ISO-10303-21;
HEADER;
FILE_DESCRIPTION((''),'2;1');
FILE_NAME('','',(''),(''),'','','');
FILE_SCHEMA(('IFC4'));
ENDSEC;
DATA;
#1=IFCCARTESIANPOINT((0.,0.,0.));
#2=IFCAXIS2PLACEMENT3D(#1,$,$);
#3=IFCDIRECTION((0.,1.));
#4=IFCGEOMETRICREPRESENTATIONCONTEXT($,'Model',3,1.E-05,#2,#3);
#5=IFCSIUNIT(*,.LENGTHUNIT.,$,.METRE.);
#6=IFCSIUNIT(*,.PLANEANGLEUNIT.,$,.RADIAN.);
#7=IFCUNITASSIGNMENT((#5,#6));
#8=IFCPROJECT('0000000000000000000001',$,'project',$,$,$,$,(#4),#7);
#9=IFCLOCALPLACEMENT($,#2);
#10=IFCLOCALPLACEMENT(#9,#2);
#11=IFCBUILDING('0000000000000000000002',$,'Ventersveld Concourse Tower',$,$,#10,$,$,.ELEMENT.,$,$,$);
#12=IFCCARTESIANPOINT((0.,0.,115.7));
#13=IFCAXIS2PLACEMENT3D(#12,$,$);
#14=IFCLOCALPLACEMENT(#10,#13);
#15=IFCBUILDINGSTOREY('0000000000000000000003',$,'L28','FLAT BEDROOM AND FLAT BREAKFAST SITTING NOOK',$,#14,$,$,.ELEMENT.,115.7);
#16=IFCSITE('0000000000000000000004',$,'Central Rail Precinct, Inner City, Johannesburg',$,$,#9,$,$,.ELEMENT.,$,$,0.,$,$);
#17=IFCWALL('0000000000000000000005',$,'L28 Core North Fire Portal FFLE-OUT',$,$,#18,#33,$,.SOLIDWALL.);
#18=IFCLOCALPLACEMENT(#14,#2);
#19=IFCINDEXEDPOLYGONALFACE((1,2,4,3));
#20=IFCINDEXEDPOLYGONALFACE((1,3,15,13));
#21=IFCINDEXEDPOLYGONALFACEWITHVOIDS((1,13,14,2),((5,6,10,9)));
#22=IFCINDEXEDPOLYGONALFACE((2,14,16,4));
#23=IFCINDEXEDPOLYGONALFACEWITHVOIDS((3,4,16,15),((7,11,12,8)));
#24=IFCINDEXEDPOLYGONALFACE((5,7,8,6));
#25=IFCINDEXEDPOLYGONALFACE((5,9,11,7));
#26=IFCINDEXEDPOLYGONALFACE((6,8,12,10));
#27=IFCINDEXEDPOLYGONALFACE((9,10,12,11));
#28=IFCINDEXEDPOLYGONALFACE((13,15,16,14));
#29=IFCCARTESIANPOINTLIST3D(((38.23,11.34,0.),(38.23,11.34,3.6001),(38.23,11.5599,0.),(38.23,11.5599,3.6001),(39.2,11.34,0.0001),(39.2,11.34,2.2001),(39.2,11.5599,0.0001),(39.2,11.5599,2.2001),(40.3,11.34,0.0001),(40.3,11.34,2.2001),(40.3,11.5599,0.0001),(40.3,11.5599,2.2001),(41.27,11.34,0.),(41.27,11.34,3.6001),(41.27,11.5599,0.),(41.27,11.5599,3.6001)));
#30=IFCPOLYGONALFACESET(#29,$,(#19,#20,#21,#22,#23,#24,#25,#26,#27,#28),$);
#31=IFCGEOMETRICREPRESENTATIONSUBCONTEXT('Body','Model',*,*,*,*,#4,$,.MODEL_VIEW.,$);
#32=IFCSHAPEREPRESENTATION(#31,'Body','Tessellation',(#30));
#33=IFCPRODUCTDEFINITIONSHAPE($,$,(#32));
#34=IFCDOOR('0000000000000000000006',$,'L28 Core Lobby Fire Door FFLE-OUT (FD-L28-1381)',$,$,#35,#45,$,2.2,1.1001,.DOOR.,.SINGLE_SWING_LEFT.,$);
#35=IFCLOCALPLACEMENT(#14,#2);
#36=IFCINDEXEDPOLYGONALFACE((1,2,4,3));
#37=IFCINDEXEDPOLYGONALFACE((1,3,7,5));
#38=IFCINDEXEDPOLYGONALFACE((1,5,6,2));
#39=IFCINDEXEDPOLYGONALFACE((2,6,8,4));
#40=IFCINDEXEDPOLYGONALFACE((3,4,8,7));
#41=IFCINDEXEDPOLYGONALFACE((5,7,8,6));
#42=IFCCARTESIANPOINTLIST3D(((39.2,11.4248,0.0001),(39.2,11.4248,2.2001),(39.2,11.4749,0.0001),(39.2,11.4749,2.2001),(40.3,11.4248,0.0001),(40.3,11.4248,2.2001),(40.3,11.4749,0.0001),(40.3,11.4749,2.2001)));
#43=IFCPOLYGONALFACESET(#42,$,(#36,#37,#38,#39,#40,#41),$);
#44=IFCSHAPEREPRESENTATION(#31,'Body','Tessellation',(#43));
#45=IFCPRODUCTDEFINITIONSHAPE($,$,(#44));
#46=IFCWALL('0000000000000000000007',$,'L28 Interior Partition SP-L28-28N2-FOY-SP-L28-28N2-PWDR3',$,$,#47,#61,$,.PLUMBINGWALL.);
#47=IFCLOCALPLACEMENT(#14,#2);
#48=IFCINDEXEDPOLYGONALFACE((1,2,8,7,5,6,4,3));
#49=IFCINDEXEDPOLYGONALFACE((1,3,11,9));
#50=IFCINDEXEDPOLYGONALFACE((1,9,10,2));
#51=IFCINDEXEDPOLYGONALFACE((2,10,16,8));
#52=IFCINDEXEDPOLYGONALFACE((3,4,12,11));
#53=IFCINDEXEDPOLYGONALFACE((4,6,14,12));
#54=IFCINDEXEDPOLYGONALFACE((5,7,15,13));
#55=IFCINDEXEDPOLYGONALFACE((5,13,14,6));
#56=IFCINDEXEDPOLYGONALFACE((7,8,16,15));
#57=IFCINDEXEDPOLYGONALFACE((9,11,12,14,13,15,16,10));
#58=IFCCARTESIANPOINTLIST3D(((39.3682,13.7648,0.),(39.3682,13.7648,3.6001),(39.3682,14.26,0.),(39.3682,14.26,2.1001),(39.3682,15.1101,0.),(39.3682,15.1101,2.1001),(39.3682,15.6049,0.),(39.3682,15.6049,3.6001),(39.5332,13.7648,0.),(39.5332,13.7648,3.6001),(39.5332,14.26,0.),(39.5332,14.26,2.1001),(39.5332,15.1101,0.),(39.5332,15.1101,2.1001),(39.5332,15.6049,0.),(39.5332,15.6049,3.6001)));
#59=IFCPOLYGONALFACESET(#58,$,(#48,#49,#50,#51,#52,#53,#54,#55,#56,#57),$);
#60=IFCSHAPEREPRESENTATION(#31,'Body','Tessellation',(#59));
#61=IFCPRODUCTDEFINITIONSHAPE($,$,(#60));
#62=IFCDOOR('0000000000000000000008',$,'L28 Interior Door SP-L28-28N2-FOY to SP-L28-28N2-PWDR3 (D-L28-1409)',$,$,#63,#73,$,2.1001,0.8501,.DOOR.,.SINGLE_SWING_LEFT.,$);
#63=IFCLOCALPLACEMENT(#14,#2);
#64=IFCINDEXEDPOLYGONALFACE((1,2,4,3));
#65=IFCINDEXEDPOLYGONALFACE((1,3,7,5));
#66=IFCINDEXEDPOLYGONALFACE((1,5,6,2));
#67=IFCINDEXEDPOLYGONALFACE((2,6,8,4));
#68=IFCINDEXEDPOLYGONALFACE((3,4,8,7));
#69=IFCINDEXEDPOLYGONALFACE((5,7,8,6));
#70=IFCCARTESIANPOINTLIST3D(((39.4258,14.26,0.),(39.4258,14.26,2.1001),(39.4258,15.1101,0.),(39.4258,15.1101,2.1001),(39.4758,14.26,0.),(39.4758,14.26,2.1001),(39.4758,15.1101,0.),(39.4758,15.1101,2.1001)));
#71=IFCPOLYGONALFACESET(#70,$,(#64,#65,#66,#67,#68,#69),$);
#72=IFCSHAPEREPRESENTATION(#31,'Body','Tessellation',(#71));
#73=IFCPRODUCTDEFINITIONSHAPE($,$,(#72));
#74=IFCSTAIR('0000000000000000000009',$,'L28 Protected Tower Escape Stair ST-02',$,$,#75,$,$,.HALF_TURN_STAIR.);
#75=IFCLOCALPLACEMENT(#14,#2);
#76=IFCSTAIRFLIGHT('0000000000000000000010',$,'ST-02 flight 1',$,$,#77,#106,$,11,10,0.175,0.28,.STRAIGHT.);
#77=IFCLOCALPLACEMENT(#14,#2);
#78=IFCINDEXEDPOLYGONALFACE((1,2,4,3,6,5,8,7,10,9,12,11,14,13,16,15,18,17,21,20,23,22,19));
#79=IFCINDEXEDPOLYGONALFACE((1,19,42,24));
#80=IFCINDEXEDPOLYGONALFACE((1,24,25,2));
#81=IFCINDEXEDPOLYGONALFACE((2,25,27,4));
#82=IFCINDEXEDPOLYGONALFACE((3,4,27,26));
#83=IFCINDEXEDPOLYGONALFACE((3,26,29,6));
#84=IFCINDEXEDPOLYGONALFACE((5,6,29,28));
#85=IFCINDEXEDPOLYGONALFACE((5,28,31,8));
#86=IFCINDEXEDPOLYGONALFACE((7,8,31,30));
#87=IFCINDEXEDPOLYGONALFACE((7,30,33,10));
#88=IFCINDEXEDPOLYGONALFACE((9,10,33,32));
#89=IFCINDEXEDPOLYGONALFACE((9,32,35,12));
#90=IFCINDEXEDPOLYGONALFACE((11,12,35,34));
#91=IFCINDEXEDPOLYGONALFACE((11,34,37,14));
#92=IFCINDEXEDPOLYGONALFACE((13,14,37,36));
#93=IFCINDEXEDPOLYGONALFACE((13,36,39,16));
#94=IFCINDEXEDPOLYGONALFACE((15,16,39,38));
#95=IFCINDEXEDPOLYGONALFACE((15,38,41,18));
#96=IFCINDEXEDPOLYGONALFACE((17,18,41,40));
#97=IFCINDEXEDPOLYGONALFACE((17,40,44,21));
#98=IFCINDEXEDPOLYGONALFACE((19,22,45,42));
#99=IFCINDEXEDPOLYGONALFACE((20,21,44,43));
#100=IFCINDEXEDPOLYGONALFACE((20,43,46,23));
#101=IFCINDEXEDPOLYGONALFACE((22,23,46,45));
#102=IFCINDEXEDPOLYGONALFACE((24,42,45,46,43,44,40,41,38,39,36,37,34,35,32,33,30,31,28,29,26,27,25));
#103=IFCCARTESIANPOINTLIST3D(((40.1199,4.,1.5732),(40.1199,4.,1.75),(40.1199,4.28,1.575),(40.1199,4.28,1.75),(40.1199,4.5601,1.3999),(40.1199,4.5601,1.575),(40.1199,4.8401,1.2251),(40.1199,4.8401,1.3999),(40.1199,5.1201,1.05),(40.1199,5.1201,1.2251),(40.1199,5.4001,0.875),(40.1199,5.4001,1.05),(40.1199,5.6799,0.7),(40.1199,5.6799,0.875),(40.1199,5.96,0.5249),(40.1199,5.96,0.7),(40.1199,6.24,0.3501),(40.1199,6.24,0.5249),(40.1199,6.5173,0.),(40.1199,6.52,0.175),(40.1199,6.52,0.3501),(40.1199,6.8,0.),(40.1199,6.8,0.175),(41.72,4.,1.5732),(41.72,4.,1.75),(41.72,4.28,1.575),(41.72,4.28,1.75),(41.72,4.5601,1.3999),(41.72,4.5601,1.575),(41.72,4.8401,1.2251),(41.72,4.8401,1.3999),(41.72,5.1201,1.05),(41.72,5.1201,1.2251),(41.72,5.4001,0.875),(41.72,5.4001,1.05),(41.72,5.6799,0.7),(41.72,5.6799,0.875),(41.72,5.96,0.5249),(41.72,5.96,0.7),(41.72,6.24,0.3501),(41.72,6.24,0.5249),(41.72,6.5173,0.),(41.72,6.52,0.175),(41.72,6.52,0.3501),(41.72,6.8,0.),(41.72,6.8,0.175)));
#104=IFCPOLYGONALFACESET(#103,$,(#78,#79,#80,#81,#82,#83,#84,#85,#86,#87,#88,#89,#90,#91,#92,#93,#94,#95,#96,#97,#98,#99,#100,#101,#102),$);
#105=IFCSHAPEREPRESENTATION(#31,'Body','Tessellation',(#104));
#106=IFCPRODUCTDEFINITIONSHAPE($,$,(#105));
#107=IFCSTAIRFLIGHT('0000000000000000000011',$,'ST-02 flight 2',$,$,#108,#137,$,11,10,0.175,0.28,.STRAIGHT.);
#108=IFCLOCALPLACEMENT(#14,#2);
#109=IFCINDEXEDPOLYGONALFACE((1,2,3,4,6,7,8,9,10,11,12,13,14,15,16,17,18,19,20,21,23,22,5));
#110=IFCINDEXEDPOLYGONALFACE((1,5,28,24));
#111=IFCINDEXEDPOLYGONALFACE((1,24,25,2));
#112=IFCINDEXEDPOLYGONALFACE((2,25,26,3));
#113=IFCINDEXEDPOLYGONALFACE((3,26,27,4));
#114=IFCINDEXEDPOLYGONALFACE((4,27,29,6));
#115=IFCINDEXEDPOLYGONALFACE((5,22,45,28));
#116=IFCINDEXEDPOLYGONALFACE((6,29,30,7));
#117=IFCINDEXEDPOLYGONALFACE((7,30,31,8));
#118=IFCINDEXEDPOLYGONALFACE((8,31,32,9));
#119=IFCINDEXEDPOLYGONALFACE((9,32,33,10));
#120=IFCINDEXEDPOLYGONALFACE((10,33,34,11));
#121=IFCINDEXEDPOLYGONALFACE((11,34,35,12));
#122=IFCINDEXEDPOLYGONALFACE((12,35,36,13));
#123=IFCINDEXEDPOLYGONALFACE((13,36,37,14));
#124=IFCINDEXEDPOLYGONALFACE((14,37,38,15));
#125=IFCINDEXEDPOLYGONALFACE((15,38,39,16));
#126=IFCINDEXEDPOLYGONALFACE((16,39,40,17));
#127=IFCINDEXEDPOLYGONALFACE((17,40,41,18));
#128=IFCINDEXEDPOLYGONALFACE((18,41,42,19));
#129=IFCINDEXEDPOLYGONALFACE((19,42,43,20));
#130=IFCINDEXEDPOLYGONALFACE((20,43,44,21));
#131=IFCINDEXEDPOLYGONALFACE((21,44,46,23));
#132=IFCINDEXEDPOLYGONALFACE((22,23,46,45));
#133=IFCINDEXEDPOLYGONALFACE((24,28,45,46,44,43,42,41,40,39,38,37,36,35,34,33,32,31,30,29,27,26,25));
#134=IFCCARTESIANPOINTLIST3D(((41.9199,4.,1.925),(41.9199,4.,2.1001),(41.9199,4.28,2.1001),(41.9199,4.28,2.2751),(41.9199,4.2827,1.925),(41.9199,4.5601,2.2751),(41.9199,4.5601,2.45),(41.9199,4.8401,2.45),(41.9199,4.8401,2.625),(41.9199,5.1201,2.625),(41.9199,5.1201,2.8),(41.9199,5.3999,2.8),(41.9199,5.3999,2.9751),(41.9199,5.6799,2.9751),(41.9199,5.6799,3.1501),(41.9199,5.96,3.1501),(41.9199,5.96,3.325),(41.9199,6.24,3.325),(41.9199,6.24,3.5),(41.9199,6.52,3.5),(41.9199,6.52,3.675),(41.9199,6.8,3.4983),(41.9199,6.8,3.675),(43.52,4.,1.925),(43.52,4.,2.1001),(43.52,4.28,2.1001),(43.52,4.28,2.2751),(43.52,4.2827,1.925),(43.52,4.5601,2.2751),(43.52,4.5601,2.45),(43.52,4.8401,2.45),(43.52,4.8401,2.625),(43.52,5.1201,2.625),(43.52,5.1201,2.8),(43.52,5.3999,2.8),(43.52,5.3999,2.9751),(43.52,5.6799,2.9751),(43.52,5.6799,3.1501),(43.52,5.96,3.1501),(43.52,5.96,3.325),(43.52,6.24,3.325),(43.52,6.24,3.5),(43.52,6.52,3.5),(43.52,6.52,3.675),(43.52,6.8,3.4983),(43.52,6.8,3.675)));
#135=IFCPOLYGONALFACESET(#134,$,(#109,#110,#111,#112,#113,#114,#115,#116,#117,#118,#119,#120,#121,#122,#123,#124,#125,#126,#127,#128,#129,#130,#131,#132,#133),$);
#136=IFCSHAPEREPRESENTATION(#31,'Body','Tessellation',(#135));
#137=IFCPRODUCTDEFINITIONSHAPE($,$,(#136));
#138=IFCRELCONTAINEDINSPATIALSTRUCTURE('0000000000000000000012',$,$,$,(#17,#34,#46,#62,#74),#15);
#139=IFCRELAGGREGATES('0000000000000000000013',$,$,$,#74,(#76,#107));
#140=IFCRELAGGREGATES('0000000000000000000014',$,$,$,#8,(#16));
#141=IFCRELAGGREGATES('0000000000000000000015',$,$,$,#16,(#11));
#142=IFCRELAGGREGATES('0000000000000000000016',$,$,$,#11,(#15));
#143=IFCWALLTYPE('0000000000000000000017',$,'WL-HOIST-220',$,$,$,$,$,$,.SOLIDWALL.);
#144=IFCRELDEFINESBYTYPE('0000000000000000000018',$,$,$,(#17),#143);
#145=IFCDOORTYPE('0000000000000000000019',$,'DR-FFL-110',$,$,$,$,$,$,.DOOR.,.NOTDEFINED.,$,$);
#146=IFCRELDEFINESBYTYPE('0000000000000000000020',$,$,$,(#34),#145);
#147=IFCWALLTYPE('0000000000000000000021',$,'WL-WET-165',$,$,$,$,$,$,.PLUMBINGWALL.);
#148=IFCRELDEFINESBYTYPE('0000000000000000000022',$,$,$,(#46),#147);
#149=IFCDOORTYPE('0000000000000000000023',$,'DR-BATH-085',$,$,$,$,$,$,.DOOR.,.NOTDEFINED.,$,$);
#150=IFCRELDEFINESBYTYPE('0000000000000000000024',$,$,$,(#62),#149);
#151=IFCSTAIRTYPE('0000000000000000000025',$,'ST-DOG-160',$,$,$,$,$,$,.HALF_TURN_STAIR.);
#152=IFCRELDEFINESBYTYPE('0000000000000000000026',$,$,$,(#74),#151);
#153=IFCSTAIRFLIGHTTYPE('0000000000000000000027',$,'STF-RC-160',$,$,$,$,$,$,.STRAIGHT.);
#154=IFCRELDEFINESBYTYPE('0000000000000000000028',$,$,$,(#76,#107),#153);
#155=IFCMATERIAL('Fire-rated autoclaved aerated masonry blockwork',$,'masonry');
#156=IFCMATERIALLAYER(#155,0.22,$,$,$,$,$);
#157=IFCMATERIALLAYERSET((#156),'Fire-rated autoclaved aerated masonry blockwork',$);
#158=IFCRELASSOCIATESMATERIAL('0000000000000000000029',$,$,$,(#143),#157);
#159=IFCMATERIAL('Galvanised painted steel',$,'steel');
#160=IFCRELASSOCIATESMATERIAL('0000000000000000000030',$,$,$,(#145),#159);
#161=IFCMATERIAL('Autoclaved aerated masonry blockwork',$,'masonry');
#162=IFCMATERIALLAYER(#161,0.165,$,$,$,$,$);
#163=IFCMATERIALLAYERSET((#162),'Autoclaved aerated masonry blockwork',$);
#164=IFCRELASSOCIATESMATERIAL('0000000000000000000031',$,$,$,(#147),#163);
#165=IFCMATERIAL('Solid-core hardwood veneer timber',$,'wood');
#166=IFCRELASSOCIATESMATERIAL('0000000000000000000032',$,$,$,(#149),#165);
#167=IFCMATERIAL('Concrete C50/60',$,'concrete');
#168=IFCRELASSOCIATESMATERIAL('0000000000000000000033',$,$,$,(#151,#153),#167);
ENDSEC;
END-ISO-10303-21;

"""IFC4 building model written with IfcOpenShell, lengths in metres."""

from ifc_helpers import new_model, si_unit, direction, frame, frame_2d, origin, place, context, subcontext, project, spatial, polyline, rectangle, outline, extrude, material, layer, layer_set, type_object, element, fill, aggregate, save


model = new_model("IFC4")

# Units and contexts
model_context = context("Model", 3, precision=1e-05, world=origin(), true_north=direction((0.0, 1.0)))
body_context = subcontext(model_context, "Body", "Model", "MODEL_VIEW")
ifc_project = project(units=[si_unit("LENGTHUNIT", "METRE"), si_unit("PLANEANGLEUNIT", "RADIAN")], contexts=[model_context])

# Site, building, storey
site_placement = place(None, origin())
site = spatial("IfcSite", under=ifc_project, at=site_placement, Name="Central Rail Precinct, Inner City, Johannesburg", CompositionType="ELEMENT", RefElevation=0.0)
building_placement = place(site_placement, origin())
building = spatial("IfcBuilding", under=site, at=building_placement, Name="Ventersveld Concourse Tower", CompositionType="ELEMENT")
storey_placement = place(building_placement, frame((0.0, 0.0, 115.7)))
storey = spatial("IfcBuildingStorey", under=building, at=storey_placement, Name="L28", Description="FLAT BEDROOM AND FLAT BREAKFAST SITTING NOOK", CompositionType="ELEMENT", Elevation=115.7)

# Shared definitions
ifc_material_1 = material(Name="Fire-rated autoclaved aerated masonry blockwork", Category="masonry")
ifc_layer_1 = layer(ifc_material_1, 0.22)
ifc_layer_set_1 = layer_set([ifc_layer_1], Name="Fire-rated autoclaved aerated masonry blockwork")
wall_type_1 = type_object("IfcWallType", Name="WL-HOIST-220", PredefinedType="SOLIDWALL", material=ifc_layer_set_1)

# Walls, openings, doors
ifc_material_2 = material(Name="Galvanised painted steel", Category="steel")
wall_1_placement = place(storey_placement, frame((38.23, 11.45, 0.0), z_axis=(0.0, 0.0, 1.0), x_axis=(1.0, 0.0, 0.0)))
wall_1 = element("IfcWall", 1, at=wall_1_placement, inside=storey, type_object=wall_type_1, Name="L28 Core North Fire Portal FFLE-OUT", PredefinedType="SOLIDWALL", context=body_context, shape_type="SweptSolid", body=[
    extrude(rectangle(XDim=3.04, YDim=0.22, at=frame_2d((1.52, 0.0))), origin(), (0.0, 0.0, 1.0), 3.6001),
])
opening_1_placement = place(wall_1_placement, frame((0.97, 0.0, 0.0)))
opening_1 = element("IfcOpeningElement", 2, at=opening_1_placement, cuts=wall_1, PredefinedType="OPENING", context=body_context, shape_type="SweptSolid", body=[
    extrude(rectangle(XDim=1.1001, YDim=2.2, at=frame_2d((0.55, 1.1001))), frame((0.0, 0.1201, 0.0), z_axis=(0.0, -1.0, 0.0), x_axis=(1.0, 0.0, 0.0)), (0.0, 0.0, 1.0), 0.24),
])
door_type_1 = type_object("IfcDoorType", Name="DR-FFL-110", OperationType="NOTDEFINED", PredefinedType="DOOR", material=ifc_material_2)
door_1_placement = place(opening_1_placement, origin())
door_1 = element("IfcDoor", 3, at=door_1_placement, inside=storey, type_object=door_type_1, Name="L28 Core Lobby Fire Door FFLE-OUT (FD-L28-1381)", OperationType="SINGLE_SWING_LEFT", OverallHeight=2.2, OverallWidth=1.1001, PredefinedType="DOOR", context=body_context, shape_type="SweptSolid", body=[
    extrude(rectangle(XDim=1.1001, YDim=2.2, at=frame_2d((0.55, 1.1001))), frame((0.0, 0.0249, 0.0), z_axis=(0.0, -1.0, 0.0), x_axis=(1.0, 0.0, 0.0)), (0.0, 0.0, 1.0), 0.05),
])
fill(opening_1, door_1)
ifc_material_3 = material(Name="Autoclaved aerated masonry blockwork", Category="masonry")
ifc_layer_2 = layer(ifc_material_3, 0.165)
ifc_layer_set_2 = layer_set([ifc_layer_2], Name="Autoclaved aerated masonry blockwork")
wall_type_2 = type_object("IfcWallType", Name="WL-WET-165", PredefinedType="PLUMBINGWALL", material=ifc_layer_set_2)
wall_2_placement = place(storey_placement, frame((39.4507, 13.7649, 0.0), z_axis=(0.0, 0.0, 1.0), x_axis=(0.0, 1.0, 0.0)))
wall_2 = element("IfcWall", 4, at=wall_2_placement, inside=storey, type_object=wall_type_2, Name="L28 Interior Partition SP-L28-28N2-FOY-SP-L28-28N2-PWDR3", PredefinedType="PLUMBINGWALL", context=body_context, shape_type="SweptSolid", body=[
    extrude(rectangle(XDim=1.8401, YDim=0.165, at=frame_2d((0.9199, 0.0))), origin(), (0.0, 0.0, 1.0), 3.6001),
])
opening_2_placement = place(wall_2_placement, frame((0.4951, 0.0, 0.0)))
opening_2 = element("IfcOpeningElement", 5, at=opening_2_placement, cuts=wall_2, PredefinedType="OPENING", context=body_context, shape_type="SweptSolid", body=[
    extrude(rectangle(XDim=0.8501, YDim=2.1001, at=frame_2d((0.425, 1.05))), frame((0.0, 0.0925, 0.0), z_axis=(0.0, -1.0, 0.0), x_axis=(1.0, 0.0, 0.0)), (0.0, 0.0, 1.0), 0.1851),
])
ifc_material_4 = material(Name="Solid-core hardwood veneer timber", Category="wood")
door_type_2 = type_object("IfcDoorType", Name="DR-BATH-085", OperationType="NOTDEFINED", PredefinedType="DOOR", material=ifc_material_4)
door_2_placement = place(opening_2_placement, origin())
door_2 = element("IfcDoor", 6, at=door_2_placement, inside=storey, type_object=door_type_2, Name="L28 Interior Door SP-L28-28N2-FOY to SP-L28-28N2-PWDR3 (D-L28-1409)", OperationType="SINGLE_SWING_LEFT", OverallHeight=2.1001, OverallWidth=0.8501, PredefinedType="DOOR", context=body_context, shape_type="SweptSolid", body=[
    extrude(rectangle(XDim=0.8501, YDim=2.1001, at=frame_2d((0.425, 1.05))), frame((0.0, 0.0249, 0.0), z_axis=(0.0, -1.0, 0.0), x_axis=(1.0, 0.0, 0.0)), (0.0, 0.0, 1.0), 0.05),
])
fill(opening_2, door_2)

# Stair, stair flights
ifc_material_5 = material(Name="Concrete C50/60", Category="concrete")
stair_type = type_object("IfcStairType", Name="ST-DOG-160", PredefinedType="HALF_TURN_STAIR", material=ifc_material_5)
stair_placement = place(storey_placement, origin())
stair = element("IfcStair", 7, at=stair_placement, inside=storey, type_object=stair_type, Name="L28 Protected Tower Escape Stair ST-02", PredefinedType="HALF_TURN_STAIR")
stair_flight_type = type_object("IfcStairFlightType", Name="STF-RC-160", PredefinedType="STRAIGHT", material=ifc_material_5)
stair_flight_1_placement = place(storey_placement, frame((40.9199, 6.8, 0.0), z_axis=(0.0, 0.0, 1.0), x_axis=(0.0, -1.0, 0.0)))
stair_flight_1 = element("IfcStairFlight", 8, at=stair_flight_1_placement, type_object=stair_flight_type, Name="ST-02 flight 1", NumberOfRisers=11, NumberOfTreads=10, PredefinedType="STRAIGHT", RiserHeight=0.175, TreadLength=0.28, context=body_context, shape_type="SweptSolid", body=[
    extrude(outline(polyline([(0.0, 0.0), (0.0, 0.175), (0.28, 0.175), (0.28, 0.3501), (0.5601, 0.3501), (0.5601, 0.5249), (0.8401, 0.5249), (0.8401, 0.7), (1.1201, 0.7), (1.1201, 0.875), (1.3999, 0.875), (1.3999, 1.05), (1.6799, 1.05), (1.6799, 1.2251), (1.96, 1.2251), (1.96, 1.3999), (2.24, 1.3999), (2.24, 1.575), (2.52, 1.575), (2.52, 1.75), (2.8, 1.75), (2.8, 1.925), (2.8, 1.5732), (0.2827, 0.0), (0.0, 0.0)])), frame((0.0, 0.8, 0.0), z_axis=(0.0, -1.0, 0.0), x_axis=(1.0, 0.0, 0.0)), (0.0, 0.0, 1.0), 1.6001),
])
stair_flight_2_placement = place(storey_placement, frame((42.72, 4.0, 1.925), z_axis=(0.0, 0.0, 1.0), x_axis=(0.0, 1.0, 0.0)))
stair_flight_2 = element("IfcStairFlight", 9, at=stair_flight_2_placement, type_object=stair_flight_type, Name="ST-02 flight 2", NumberOfRisers=11, NumberOfTreads=10, PredefinedType="STRAIGHT", RiserHeight=0.175, TreadLength=0.28, context=body_context, shape_type="SweptSolid", body=[
    extrude(outline(polyline([(0.0, 0.0), (0.0, 0.175), (0.28, 0.175), (0.28, 0.3501), (0.5601, 0.3501), (0.5601, 0.5249), (0.8401, 0.5249), (0.8401, 0.7), (1.1201, 0.7), (1.1201, 0.875), (1.3999, 0.875), (1.3999, 1.05), (1.6799, 1.05), (1.6799, 1.2251), (1.96, 1.2251), (1.96, 1.3999), (2.24, 1.3999), (2.24, 1.575), (2.52, 1.575), (2.52, 1.75), (2.8, 1.75), (2.8, 1.925), (2.8, 1.5732), (0.2827, 0.0), (0.0, 0.0)])), frame((0.0, 0.8, 0.0), z_axis=(0.0, -1.0, 0.0), x_axis=(1.0, 0.0, 0.0)), (0.0, 0.0, 1.0), 1.6001),
])
aggregate(stair, [stair_flight_1, stair_flight_2])

save(model, "model.ifc")
